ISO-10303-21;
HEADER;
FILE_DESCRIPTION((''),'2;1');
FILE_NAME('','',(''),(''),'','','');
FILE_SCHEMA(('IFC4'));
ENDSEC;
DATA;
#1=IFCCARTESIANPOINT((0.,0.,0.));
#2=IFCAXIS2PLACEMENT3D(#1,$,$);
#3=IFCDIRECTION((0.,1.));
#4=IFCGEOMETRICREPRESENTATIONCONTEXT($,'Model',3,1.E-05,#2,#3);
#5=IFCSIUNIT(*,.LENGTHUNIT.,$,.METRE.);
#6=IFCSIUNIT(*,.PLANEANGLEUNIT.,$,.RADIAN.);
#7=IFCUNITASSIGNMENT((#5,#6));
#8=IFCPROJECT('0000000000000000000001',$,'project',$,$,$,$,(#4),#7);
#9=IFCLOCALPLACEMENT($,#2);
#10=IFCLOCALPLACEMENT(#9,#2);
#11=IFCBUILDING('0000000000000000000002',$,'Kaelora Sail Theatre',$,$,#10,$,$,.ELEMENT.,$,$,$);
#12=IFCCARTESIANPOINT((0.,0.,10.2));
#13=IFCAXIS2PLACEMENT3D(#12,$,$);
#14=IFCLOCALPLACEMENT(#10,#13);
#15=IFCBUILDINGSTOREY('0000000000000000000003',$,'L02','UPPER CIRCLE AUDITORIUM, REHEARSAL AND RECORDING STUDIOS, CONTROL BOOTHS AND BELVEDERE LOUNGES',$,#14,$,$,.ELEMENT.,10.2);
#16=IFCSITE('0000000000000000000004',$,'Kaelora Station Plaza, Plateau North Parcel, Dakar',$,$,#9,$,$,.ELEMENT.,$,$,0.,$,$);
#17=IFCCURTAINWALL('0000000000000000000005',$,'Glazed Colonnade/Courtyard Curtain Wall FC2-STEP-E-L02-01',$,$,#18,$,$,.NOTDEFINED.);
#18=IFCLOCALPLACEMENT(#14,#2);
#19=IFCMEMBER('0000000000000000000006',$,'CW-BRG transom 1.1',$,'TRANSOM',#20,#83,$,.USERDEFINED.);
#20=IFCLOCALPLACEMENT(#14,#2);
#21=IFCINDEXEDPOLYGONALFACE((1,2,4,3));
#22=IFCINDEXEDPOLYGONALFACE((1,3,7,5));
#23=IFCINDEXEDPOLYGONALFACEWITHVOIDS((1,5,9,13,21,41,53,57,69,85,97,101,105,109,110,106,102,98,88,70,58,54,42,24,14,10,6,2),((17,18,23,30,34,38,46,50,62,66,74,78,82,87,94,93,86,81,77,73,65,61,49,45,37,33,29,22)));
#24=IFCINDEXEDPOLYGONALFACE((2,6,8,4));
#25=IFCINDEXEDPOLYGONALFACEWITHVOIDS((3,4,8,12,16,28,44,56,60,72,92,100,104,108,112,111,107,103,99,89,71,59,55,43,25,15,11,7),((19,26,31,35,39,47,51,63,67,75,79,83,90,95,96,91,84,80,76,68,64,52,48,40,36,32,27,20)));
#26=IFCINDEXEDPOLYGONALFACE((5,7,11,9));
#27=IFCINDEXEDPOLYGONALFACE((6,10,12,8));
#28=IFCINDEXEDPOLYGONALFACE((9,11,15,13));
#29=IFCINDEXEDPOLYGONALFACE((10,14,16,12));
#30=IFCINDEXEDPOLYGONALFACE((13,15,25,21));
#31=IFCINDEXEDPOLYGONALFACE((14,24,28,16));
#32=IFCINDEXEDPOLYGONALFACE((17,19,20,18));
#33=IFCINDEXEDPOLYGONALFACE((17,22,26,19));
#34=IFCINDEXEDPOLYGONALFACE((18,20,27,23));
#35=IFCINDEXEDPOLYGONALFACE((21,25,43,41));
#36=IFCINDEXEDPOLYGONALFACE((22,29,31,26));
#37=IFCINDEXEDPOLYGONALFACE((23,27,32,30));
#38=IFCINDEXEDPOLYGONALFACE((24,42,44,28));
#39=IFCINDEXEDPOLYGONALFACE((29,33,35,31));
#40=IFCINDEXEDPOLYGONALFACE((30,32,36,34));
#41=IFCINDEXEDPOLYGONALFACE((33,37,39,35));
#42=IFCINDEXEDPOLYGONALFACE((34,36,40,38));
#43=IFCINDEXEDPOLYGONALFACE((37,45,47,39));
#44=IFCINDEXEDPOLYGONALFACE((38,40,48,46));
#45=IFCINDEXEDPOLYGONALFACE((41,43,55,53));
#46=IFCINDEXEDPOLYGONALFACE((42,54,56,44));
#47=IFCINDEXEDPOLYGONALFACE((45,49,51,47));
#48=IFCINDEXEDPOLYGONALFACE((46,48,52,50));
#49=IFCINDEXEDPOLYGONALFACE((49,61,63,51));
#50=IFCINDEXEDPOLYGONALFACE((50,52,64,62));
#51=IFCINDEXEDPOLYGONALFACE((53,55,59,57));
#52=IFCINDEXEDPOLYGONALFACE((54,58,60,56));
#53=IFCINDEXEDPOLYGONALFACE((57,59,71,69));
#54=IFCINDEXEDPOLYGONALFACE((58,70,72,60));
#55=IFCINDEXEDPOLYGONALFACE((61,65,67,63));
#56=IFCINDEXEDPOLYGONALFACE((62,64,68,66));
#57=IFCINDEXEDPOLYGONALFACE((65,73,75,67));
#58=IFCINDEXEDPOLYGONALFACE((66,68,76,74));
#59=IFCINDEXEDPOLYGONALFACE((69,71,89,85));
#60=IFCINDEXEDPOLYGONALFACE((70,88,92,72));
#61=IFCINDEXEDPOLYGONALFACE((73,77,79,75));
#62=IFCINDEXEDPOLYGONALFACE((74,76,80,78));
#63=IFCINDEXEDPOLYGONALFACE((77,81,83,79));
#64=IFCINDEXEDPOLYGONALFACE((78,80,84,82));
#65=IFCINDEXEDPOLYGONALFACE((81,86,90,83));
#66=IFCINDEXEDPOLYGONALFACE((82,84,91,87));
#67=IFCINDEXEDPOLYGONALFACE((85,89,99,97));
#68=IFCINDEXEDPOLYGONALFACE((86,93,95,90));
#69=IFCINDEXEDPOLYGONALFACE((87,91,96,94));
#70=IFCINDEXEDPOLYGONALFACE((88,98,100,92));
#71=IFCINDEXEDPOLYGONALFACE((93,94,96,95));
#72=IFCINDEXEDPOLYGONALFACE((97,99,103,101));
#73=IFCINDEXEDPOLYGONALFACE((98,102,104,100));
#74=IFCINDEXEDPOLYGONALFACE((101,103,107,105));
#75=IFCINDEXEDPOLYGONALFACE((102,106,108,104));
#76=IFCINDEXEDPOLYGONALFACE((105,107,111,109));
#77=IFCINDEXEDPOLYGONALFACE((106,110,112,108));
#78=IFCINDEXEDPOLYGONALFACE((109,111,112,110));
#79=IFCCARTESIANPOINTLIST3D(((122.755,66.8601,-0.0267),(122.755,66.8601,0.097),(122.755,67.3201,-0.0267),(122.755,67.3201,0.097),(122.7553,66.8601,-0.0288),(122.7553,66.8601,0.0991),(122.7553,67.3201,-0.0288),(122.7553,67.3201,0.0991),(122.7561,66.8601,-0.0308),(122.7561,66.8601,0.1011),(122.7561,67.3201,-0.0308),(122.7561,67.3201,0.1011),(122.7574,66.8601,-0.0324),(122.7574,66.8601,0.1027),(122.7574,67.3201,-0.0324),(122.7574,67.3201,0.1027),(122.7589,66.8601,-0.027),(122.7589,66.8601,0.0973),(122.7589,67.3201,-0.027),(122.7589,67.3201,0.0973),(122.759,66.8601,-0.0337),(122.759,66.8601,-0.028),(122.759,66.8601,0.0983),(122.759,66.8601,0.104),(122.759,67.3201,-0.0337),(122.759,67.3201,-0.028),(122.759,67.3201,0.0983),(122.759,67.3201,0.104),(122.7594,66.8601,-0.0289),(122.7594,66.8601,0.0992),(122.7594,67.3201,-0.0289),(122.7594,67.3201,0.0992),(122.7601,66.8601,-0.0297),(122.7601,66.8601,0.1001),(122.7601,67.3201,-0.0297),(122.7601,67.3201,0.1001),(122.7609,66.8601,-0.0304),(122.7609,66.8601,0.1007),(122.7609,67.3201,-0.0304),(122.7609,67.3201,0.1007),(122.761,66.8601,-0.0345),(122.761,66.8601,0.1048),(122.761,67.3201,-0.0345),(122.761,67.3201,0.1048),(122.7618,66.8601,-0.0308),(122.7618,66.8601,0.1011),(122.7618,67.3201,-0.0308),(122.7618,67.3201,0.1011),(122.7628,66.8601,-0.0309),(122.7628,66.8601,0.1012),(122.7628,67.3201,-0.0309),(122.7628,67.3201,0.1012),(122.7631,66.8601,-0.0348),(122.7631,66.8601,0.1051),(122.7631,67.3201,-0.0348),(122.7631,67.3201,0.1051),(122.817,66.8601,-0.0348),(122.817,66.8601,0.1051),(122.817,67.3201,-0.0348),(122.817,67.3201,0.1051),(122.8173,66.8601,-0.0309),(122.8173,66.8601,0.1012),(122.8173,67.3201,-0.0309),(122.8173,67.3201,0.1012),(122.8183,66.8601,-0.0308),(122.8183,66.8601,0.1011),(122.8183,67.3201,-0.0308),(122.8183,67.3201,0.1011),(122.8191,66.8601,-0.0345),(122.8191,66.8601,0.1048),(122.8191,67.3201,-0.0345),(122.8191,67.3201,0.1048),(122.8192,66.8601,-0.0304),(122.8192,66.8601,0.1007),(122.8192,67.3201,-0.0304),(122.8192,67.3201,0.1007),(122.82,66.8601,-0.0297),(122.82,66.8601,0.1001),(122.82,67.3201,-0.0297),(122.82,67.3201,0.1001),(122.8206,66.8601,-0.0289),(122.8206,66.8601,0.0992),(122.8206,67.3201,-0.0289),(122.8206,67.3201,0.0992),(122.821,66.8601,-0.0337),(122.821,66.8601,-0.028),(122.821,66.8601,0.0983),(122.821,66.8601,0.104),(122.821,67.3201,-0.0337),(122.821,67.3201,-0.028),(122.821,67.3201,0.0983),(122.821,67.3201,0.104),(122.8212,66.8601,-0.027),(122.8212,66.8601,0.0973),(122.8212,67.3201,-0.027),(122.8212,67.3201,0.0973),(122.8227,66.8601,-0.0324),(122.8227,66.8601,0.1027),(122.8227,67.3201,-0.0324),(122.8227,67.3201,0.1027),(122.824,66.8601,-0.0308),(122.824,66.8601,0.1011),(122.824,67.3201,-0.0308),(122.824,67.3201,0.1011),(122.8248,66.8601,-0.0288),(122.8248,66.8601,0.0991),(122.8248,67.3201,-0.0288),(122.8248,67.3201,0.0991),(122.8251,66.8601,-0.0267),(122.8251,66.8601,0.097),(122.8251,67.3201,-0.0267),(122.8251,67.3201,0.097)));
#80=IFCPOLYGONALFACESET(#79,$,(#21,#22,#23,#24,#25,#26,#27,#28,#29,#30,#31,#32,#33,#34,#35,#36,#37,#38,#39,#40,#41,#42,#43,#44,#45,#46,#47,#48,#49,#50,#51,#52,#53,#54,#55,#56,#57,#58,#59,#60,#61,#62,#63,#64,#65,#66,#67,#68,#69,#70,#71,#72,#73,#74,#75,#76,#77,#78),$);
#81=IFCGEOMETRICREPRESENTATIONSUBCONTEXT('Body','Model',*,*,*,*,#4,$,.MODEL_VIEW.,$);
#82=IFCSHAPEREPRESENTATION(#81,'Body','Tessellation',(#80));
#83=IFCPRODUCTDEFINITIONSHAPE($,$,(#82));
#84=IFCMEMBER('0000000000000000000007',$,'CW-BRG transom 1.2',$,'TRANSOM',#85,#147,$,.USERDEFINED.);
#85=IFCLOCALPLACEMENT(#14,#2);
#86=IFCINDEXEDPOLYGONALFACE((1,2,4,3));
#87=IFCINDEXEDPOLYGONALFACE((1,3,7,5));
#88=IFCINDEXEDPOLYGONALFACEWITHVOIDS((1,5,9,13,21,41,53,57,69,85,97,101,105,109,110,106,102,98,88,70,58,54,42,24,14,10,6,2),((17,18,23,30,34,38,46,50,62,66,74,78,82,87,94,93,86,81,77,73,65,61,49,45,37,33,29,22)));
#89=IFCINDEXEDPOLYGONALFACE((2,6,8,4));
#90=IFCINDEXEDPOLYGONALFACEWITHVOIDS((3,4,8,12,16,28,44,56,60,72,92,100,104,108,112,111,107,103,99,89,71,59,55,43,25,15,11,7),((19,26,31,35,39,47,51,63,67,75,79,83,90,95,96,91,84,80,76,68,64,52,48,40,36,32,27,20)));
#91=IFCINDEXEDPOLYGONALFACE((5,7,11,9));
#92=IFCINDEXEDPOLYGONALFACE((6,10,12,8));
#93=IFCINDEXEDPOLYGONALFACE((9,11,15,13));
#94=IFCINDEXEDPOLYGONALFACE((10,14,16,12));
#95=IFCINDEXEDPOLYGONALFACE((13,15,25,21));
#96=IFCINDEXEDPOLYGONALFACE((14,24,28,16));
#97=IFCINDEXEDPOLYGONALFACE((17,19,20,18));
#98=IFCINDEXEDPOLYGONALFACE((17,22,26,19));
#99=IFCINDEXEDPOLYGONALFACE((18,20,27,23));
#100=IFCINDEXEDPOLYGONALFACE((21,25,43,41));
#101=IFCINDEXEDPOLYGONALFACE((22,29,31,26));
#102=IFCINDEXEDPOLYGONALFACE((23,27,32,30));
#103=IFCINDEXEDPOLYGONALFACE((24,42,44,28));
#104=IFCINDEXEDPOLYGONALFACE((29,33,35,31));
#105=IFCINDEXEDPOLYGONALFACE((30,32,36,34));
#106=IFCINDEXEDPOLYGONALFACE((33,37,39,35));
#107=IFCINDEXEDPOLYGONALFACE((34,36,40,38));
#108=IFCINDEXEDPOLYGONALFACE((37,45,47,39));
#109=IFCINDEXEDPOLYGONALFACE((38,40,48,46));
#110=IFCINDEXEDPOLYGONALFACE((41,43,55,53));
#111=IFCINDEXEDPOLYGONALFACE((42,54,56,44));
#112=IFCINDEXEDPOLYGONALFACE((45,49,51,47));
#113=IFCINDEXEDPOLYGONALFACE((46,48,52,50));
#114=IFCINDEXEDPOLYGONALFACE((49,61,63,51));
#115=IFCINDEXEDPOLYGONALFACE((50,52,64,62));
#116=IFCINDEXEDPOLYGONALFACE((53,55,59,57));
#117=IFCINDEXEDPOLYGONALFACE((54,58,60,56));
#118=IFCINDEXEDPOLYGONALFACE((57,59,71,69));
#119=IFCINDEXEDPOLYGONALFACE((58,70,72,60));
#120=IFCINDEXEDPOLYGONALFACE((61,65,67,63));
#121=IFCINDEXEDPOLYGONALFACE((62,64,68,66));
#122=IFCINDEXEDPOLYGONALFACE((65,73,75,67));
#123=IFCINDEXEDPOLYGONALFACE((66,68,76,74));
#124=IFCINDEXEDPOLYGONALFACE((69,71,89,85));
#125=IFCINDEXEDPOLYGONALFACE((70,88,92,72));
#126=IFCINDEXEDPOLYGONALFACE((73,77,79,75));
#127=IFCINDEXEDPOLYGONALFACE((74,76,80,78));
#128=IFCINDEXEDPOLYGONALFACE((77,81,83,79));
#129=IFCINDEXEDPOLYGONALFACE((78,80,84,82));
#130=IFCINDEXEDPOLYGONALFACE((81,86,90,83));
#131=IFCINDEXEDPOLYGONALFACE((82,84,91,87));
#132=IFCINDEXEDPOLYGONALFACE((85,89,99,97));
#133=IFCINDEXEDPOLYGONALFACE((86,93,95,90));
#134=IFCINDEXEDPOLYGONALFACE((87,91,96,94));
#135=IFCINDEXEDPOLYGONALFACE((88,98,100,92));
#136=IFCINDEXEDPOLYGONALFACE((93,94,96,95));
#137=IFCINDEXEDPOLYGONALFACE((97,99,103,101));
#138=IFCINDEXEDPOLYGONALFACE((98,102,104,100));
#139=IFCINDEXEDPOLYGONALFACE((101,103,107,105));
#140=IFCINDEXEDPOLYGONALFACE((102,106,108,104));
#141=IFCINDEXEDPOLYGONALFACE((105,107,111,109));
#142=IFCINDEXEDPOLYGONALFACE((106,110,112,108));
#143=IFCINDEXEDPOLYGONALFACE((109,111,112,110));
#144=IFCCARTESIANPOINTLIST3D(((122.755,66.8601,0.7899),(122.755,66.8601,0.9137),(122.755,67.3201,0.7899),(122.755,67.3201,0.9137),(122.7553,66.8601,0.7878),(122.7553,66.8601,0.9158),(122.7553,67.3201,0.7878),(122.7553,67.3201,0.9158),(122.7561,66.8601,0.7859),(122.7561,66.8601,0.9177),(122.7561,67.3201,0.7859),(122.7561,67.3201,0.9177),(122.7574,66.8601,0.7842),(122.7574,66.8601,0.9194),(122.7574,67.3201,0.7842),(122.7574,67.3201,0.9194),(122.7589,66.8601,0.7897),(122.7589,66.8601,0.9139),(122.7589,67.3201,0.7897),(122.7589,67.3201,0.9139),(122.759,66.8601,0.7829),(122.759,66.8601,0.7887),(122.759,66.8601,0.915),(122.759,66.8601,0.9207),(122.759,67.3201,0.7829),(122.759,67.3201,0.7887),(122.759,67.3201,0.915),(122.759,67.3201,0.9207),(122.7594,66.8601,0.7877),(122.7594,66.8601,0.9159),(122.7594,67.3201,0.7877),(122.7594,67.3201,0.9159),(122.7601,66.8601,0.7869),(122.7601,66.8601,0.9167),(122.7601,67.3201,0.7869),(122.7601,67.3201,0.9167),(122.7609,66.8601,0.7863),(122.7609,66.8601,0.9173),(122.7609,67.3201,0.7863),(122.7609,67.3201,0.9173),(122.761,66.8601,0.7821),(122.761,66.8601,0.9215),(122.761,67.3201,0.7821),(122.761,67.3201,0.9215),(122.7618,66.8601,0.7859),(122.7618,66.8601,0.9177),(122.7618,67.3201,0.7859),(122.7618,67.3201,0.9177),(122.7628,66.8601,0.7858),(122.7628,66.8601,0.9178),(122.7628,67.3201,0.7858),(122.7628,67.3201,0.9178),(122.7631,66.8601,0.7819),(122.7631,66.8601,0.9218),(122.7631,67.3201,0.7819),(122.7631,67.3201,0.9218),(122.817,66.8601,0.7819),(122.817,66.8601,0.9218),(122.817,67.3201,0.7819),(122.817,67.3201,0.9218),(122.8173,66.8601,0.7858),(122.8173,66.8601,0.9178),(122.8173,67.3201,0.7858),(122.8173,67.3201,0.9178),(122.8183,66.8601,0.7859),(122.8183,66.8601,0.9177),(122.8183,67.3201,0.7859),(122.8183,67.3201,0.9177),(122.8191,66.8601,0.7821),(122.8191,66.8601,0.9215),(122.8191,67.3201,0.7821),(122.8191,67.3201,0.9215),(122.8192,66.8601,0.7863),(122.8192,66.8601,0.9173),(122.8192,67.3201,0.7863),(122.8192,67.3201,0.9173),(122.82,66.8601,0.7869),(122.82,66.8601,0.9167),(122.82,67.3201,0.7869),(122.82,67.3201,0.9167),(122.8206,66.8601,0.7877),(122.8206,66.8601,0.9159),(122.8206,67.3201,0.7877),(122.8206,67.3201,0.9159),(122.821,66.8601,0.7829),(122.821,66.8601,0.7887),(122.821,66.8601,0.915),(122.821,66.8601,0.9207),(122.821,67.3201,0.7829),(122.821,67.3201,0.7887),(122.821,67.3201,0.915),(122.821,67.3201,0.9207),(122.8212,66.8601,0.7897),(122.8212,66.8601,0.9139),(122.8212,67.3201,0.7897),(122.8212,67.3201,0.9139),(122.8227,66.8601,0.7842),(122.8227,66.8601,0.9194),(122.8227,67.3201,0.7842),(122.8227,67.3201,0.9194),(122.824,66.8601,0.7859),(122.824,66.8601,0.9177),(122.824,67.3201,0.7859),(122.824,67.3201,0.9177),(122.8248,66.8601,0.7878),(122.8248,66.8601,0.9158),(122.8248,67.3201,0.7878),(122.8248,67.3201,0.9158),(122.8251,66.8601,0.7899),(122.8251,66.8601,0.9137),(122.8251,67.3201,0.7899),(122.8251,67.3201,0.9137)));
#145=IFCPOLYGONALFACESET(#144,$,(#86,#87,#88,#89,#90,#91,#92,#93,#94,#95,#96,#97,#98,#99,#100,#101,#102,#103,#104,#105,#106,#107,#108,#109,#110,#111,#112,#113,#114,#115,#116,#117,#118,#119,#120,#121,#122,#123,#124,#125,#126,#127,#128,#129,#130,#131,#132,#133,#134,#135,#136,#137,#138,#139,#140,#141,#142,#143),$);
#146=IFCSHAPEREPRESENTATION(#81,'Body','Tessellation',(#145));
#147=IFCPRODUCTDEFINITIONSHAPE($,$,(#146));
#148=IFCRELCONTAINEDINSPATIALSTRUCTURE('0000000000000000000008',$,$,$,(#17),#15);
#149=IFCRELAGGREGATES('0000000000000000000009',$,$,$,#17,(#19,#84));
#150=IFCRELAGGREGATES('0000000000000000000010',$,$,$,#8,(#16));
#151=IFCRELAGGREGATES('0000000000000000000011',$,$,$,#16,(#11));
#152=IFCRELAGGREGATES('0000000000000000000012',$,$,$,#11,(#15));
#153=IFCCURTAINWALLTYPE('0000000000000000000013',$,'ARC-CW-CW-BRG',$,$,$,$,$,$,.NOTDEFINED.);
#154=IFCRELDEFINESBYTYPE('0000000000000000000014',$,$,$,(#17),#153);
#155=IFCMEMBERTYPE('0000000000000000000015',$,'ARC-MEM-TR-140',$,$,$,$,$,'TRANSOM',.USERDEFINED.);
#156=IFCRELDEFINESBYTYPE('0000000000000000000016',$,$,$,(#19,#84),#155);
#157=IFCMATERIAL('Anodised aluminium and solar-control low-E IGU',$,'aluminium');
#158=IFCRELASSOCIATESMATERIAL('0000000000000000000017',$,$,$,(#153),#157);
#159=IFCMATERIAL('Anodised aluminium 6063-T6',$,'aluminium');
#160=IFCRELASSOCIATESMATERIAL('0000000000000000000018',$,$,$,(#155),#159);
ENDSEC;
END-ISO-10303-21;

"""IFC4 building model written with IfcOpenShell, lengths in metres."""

from ifc_helpers import new_model, si_unit, direction, frame, origin, origin_2d, place, context, subcontext, project, spatial, hollow_rectangle, extrude, material, material_profile, profile_set, type_object, element, aggregate, save


model = new_model("IFC4")

# Units and contexts
model_context = context("Model", 3, precision=1e-05, world=origin(), true_north=direction((0.0, 1.0)))
body_context = subcontext(model_context, "Body", "Model", "MODEL_VIEW")
ifc_project = project(units=[si_unit("LENGTHUNIT", "METRE"), si_unit("PLANEANGLEUNIT", "RADIAN")], contexts=[model_context])

# Site, building, storey
site_placement = place(None, origin())
site = spatial("IfcSite", under=ifc_project, at=site_placement, Name="Kaelora Station Plaza, Plateau North Parcel, Dakar", CompositionType="ELEMENT", RefElevation=0.0)
building_placement = place(site_placement, origin())
building = spatial("IfcBuilding", under=site, at=building_placement, Name="Kaelora Sail Theatre", CompositionType="ELEMENT")
storey_placement = place(building_placement, frame((0.0, 0.0, 10.2)))
storey = spatial("IfcBuildingStorey", under=building, at=storey_placement, Name="L02", Description="UPPER CIRCLE AUDITORIUM, REHEARSAL AND RECORDING STUDIOS, CONTROL BOOTHS AND BELVEDERE LOUNGES", CompositionType="ELEMENT", Elevation=10.2)

# Shared definitions
ifc_material_1 = material(Name="Anodised aluminium and solar-control low-E IGU", Category="aluminium")
curtain_wall_type = type_object("IfcCurtainWallType", Name="ARC-CW-CW-BRG", PredefinedType="NOTDEFINED", material=ifc_material_1)

# Curtain wall
curtain_wall_1_placement = place(storey_placement, origin())
curtain_wall_1 = element("IfcCurtainWall", 1, at=curtain_wall_1_placement, inside=storey, type_object=curtain_wall_type, Name="Glazed Colonnade/Courtyard Curtain Wall FC2-STEP-E-L02-01", PredefinedType="NOTDEFINED")

# Members
ifc_material_2 = material(Name="Anodised aluminium 6063-T6", Category="aluminium")
ifc_material_profile_1 = material_profile(ifc_material_2, hollow_rectangle(XDim=0.0701, YDim=0.1399, WallThickness=0.0039, InnerFilletRadius=0.0039, OuterFilletRadius=0.0081, at=origin_2d()), Name="ALU-TRAN 70x140x4")
ifc_profile_set_1 = profile_set([ifc_material_profile_1], Name="Anodised aluminium 6063-T6")
member_type_1 = type_object("IfcMemberType", Name="ARC-MEM-TR-140", ElementType="TRANSOM", PredefinedType="USERDEFINED", material=ifc_profile_set_1)
member_1_placement = place(storey_placement, frame((122.79, 66.8601, 0.0352), z_axis=(0.0, 1.0, 0.0), x_axis=(-1.0, 0.0, 0.0)))
member_1 = element("IfcMember", 2, at=member_1_placement, type_object=member_type_1, Name="CW-BRG transom 1.1", ObjectType="TRANSOM", PredefinedType="USERDEFINED", context=body_context, shape_type="SweptSolid", body=[
    extrude(hollow_rectangle(XDim=0.0701, YDim=0.1399, WallThickness=0.0039, InnerFilletRadius=0.0039, OuterFilletRadius=0.0081, at=origin_2d()), origin(), (0.0, 0.0, 1.0), 0.46),
])
member_2_placement = place(storey_placement, frame((122.79, 66.8601, 0.8518), z_axis=(0.0, 1.0, 0.0), x_axis=(-1.0, 0.0, 0.0)))
member_2 = element("IfcMember", 3, at=member_2_placement, type_object=member_type_1, Name="CW-BRG transom 1.2", ObjectType="TRANSOM", PredefinedType="USERDEFINED", context=body_context, shape_type="SweptSolid", body=[
    extrude(hollow_rectangle(XDim=0.0701, YDim=0.1399, WallThickness=0.0039, InnerFilletRadius=0.0039, OuterFilletRadius=0.0081, at=origin_2d()), origin(), (0.0, 0.0, 1.0), 0.46),
])

aggregate(curtain_wall_1, [member_1, member_2])

save(model, "model.ifc")
